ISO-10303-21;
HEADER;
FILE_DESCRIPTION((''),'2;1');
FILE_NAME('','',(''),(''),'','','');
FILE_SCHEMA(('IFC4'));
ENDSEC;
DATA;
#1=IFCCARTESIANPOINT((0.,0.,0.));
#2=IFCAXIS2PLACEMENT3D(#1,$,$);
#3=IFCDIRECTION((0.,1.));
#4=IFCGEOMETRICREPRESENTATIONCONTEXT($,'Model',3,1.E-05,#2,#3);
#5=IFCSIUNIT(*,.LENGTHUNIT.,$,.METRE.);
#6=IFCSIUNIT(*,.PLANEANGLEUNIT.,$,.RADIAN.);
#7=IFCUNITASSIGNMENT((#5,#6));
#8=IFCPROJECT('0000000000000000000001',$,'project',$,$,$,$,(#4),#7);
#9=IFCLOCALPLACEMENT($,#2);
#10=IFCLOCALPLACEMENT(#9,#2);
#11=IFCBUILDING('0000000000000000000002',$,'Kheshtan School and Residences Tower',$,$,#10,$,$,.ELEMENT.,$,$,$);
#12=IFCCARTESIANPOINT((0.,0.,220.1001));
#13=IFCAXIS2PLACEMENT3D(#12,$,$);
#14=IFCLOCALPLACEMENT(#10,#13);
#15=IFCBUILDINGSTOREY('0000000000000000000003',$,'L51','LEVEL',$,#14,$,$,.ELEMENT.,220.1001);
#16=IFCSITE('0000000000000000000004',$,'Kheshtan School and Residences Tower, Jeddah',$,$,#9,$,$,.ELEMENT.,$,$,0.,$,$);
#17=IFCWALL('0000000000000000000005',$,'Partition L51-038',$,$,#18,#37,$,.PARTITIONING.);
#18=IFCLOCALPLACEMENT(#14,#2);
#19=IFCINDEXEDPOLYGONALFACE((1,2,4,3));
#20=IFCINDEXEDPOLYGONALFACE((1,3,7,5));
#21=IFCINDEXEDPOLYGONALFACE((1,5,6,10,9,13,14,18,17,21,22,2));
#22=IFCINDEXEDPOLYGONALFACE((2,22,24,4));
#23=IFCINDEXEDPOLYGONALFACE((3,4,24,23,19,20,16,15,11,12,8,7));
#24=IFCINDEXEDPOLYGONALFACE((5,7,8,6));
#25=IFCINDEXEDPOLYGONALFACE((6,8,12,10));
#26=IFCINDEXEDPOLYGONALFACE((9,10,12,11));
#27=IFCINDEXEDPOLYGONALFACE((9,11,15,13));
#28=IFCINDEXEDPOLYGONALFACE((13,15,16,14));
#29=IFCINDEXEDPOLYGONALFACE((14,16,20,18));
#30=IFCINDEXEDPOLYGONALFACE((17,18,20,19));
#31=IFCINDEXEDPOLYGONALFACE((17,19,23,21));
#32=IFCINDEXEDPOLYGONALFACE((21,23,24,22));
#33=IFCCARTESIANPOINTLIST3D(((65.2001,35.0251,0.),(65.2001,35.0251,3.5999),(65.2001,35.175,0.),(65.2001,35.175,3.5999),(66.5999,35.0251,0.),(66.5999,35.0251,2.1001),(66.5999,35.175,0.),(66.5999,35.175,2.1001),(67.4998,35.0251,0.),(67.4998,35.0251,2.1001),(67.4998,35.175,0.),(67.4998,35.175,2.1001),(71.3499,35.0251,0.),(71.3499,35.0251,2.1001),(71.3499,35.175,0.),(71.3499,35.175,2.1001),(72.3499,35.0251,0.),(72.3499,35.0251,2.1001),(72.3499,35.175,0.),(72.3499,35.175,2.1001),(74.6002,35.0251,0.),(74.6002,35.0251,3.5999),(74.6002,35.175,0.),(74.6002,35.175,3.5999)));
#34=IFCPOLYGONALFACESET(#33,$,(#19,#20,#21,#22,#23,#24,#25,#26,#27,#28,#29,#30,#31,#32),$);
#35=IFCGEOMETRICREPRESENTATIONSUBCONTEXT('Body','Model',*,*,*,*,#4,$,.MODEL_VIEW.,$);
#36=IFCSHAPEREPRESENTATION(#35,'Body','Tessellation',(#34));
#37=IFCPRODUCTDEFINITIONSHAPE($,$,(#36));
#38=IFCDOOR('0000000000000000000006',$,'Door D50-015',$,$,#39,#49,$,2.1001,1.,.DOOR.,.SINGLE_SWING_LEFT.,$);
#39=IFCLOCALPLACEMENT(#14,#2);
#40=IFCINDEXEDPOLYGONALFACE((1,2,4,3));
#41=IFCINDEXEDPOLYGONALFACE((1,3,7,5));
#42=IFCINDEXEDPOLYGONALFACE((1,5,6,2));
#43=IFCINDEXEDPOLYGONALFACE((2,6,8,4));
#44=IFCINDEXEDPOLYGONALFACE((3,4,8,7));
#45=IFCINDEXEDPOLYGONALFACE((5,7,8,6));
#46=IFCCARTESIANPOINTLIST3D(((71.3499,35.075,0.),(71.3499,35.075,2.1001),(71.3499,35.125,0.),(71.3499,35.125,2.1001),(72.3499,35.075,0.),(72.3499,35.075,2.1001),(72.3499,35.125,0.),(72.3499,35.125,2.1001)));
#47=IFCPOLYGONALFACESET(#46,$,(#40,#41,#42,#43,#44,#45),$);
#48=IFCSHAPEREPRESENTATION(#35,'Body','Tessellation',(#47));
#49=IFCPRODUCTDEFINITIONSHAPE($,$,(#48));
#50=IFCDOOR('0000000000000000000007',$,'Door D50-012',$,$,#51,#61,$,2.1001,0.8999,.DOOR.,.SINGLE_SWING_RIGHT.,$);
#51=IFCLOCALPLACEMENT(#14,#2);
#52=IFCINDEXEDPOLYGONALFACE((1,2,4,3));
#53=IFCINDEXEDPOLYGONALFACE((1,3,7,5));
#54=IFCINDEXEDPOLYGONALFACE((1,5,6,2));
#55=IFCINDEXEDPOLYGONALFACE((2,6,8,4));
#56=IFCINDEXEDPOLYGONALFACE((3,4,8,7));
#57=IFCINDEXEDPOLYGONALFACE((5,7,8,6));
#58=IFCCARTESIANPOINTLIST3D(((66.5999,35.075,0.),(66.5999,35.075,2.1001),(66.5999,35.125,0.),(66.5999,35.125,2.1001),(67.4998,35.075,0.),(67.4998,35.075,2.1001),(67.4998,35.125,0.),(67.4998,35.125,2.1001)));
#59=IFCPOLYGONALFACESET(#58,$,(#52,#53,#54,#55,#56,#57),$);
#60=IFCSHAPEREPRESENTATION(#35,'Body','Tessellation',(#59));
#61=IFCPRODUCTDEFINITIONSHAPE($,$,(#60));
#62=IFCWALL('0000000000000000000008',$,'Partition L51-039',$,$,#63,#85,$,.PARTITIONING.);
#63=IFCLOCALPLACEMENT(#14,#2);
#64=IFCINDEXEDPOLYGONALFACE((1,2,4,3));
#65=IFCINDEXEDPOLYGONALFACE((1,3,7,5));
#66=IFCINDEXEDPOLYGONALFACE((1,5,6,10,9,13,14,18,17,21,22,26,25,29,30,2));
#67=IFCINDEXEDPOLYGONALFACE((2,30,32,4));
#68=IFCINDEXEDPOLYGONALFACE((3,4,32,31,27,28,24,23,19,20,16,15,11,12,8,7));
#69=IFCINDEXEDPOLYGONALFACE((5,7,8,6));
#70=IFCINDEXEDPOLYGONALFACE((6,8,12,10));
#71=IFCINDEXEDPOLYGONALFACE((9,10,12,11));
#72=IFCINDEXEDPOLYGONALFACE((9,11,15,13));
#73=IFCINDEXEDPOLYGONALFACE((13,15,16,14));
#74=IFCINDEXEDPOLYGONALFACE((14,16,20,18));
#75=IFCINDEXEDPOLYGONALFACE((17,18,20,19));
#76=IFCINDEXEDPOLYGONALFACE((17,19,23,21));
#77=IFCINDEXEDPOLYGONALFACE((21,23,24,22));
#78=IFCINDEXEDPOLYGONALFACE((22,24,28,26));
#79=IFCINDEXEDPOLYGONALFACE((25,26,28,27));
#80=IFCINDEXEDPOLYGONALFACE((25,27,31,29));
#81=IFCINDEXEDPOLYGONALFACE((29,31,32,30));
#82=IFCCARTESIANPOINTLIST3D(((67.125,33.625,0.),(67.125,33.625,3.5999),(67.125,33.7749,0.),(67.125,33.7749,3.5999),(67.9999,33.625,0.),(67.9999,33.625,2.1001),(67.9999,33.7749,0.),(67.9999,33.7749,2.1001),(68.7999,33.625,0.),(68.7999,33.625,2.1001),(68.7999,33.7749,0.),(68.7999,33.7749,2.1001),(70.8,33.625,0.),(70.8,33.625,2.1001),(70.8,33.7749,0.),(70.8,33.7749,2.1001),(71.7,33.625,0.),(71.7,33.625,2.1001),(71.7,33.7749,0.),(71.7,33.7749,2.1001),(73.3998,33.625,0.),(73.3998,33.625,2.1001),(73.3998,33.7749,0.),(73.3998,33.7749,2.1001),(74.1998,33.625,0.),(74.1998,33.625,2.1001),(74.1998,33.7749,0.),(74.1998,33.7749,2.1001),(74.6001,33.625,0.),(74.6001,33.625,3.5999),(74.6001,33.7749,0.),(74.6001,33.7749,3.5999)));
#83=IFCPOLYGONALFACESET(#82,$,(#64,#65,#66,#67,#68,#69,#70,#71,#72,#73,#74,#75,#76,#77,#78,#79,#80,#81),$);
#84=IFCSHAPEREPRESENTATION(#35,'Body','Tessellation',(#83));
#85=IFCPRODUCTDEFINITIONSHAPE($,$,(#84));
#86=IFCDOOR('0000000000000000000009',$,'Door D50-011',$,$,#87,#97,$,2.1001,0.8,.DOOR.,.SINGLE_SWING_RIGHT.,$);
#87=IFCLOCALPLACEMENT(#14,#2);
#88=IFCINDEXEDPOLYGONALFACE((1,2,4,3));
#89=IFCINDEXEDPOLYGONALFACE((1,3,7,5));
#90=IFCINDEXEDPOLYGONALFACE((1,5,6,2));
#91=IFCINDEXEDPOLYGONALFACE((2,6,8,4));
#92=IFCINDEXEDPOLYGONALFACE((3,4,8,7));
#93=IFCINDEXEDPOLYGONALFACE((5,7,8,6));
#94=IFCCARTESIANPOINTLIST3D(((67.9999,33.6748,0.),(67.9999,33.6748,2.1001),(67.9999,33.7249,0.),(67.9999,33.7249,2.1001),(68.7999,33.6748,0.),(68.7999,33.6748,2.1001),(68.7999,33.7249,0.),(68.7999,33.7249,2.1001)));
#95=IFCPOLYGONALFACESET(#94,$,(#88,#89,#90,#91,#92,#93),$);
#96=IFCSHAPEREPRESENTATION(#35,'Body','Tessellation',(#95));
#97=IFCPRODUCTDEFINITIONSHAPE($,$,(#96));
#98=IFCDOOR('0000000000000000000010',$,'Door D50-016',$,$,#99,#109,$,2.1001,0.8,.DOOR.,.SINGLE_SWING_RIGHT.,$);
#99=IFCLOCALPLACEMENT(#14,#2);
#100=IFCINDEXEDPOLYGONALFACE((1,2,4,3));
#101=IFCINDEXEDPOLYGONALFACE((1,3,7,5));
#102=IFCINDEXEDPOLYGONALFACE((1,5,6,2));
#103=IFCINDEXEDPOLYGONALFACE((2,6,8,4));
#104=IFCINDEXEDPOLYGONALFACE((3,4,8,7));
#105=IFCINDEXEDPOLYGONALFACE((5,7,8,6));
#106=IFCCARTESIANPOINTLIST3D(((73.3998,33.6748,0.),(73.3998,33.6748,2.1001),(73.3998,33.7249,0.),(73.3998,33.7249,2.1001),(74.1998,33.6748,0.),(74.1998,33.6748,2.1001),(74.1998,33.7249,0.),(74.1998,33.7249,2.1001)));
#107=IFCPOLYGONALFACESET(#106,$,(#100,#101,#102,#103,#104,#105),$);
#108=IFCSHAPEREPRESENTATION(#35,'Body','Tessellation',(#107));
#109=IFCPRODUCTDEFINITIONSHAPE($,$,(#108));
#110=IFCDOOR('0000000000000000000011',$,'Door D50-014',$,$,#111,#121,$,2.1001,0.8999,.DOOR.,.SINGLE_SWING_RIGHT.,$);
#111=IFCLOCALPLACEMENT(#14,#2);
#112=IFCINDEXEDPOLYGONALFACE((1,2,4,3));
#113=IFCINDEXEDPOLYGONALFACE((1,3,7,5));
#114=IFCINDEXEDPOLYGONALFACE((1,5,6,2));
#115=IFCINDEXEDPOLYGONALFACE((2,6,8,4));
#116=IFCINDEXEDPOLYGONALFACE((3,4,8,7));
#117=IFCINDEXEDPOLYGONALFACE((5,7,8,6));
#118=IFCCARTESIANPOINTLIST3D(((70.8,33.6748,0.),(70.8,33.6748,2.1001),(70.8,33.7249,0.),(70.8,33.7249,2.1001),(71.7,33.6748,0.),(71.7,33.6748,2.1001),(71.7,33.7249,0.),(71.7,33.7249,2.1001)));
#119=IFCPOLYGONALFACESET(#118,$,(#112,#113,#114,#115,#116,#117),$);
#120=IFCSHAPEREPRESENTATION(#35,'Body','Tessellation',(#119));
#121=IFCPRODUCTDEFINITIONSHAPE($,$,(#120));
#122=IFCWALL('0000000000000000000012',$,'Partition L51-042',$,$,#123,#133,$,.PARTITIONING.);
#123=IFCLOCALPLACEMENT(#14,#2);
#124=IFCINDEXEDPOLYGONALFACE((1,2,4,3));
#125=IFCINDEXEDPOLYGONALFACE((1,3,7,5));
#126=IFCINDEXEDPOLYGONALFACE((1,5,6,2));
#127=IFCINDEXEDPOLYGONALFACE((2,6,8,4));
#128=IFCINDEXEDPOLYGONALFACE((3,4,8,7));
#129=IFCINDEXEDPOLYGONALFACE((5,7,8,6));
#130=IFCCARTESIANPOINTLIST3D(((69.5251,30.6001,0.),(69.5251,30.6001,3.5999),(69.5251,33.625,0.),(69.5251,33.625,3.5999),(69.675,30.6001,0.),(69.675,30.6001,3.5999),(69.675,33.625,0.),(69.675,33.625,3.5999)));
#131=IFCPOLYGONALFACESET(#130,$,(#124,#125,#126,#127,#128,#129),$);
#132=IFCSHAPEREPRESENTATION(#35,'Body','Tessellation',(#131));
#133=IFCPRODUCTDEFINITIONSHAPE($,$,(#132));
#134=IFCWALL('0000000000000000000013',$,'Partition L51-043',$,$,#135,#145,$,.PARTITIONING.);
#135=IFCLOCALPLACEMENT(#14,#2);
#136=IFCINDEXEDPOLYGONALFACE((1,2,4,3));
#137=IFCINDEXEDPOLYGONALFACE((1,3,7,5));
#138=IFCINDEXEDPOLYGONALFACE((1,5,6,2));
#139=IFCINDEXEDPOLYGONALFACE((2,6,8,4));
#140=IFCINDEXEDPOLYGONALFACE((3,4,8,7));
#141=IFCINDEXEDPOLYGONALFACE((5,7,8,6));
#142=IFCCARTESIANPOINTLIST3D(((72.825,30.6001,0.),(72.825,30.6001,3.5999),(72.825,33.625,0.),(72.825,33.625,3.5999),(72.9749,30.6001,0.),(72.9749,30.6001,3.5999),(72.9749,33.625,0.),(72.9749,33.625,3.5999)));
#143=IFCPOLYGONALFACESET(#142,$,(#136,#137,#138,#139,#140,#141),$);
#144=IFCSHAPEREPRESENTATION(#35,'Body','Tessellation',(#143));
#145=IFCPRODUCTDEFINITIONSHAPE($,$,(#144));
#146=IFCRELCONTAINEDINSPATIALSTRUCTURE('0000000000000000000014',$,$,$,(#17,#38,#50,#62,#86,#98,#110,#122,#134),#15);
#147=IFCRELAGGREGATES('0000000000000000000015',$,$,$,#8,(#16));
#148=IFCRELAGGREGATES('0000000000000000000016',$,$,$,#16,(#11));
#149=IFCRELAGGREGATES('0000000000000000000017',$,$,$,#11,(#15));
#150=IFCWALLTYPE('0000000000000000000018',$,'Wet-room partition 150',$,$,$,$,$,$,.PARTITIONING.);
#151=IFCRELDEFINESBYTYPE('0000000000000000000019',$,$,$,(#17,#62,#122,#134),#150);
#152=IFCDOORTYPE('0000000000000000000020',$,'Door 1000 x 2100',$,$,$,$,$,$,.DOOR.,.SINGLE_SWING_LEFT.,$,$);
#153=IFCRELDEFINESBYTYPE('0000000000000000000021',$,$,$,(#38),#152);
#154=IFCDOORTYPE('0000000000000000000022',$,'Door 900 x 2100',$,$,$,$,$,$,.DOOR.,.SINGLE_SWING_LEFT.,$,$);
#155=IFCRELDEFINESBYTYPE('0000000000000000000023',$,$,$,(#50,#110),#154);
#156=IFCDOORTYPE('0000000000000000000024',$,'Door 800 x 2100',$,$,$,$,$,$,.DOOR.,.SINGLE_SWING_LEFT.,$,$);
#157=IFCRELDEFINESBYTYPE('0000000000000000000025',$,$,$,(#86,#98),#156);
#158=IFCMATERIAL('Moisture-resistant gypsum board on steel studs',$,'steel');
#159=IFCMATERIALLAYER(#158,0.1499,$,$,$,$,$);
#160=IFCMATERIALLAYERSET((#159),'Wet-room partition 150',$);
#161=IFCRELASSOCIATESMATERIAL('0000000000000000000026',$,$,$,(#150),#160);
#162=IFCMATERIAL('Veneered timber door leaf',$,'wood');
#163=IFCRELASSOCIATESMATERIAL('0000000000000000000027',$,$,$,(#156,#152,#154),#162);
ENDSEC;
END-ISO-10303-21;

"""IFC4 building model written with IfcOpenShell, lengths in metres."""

from ifc_helpers import new_model, si_unit, direction, frame, frame_2d, origin, place, context, subcontext, project, spatial, rectangle, extrude, source, transform, mapped, material, layer, layer_set, type_object, element, fill, save


model = new_model("IFC4")

# Units and contexts
model_context = context("Model", 3, precision=1e-05, world=origin(), true_north=direction((0.0, 1.0)))
body_context = subcontext(model_context, "Body", "Model", "MODEL_VIEW")
ifc_project = project(units=[si_unit("LENGTHUNIT", "METRE"), si_unit("PLANEANGLEUNIT", "RADIAN")], contexts=[model_context])

# Site, building, storey
site_placement = place(None, origin())
site = spatial("IfcSite", under=ifc_project, at=site_placement, Name="Kheshtan School and Residences Tower, Jeddah", CompositionType="ELEMENT", RefElevation=0.0)
building_placement = place(site_placement, origin())
building = spatial("IfcBuilding", under=site, at=building_placement, Name="Kheshtan School and Residences Tower", CompositionType="ELEMENT")
storey_placement = place(building_placement, frame((0.0, 0.0, 220.1001)))
storey = spatial("IfcBuildingStorey", under=building, at=storey_placement, Name="L51", Description="LEVEL", CompositionType="ELEMENT", Elevation=220.1001)

# Shared definitions
ifc_material_1 = material(Name="Moisture-resistant gypsum board on steel studs", Category="steel")
ifc_layer_1 = layer(ifc_material_1, 0.1499)
ifc_layer_set_1 = layer_set([ifc_layer_1], Name="Wet-room partition 150")
wall_type_1 = type_object("IfcWallType", Name="Wet-room partition 150", PredefinedType="PARTITIONING", material=ifc_layer_set_1)

# Shared definitions
ifc_material_2 = material(Name="Veneered timber door leaf", Category="wood")
door_type_1 = type_object("IfcDoorType", Name="Door 800 x 2100", OperationType="SINGLE_SWING_LEFT", PredefinedType="DOOR", material=ifc_material_2)
shared_shape_1 = source(origin(), body_context, "Body", "SweptSolid", [
    extrude(rectangle(XDim=0.8, YDim=2.1001, at=frame_2d((0.3999, 1.05))), frame((0.0, 0.0249, 0.0), z_axis=(0.0, -1.0, 0.0), x_axis=(1.0, 0.0, 0.0)), (0.0, 0.0, 1.0), 0.05),
])

# Walls, openings, doors
wall_1_placement = place(storey_placement, frame((65.2, 35.1001, 0.0), z_axis=(0.0, 0.0, 1.0), x_axis=(1.0, 0.0, 0.0)))
wall_1 = element("IfcWall", 1, at=wall_1_placement, inside=storey, type_object=wall_type_1, Name="Partition L51-038", PredefinedType="PARTITIONING", context=body_context, shape_type="SweptSolid", body=[
    extrude(rectangle(XDim=9.4001, YDim=0.1499, at=frame_2d((4.7002, 0.0))), origin(), (0.0, 0.0, 1.0), 3.5999),
])
opening_1_placement = place(wall_1_placement, frame((1.3999, 0.0, 0.0)))
opening_1 = element("IfcOpeningElement", 2, at=opening_1_placement, cuts=wall_1, PredefinedType="OPENING", context=body_context, shape_type="SweptSolid", body=[
    extrude(rectangle(XDim=0.8999, YDim=2.1001, at=frame_2d((0.45, 1.05))), frame((0.0, 0.085, 0.0), z_axis=(0.0, -1.0, 0.0), x_axis=(1.0, 0.0, 0.0)), (0.0, 0.0, 1.0), 0.1699),
])
opening_2_placement = place(wall_1_placement, frame((6.1499, 0.0, 0.0)))
opening_2 = element("IfcOpeningElement", 3, at=opening_2_placement, cuts=wall_1, PredefinedType="OPENING", context=body_context, shape_type="SweptSolid", body=[
    extrude(rectangle(XDim=1.0, YDim=2.1001, at=frame_2d((0.5, 1.05))), frame((0.0, 0.085, 0.0), z_axis=(0.0, -1.0, 0.0), x_axis=(1.0, 0.0, 0.0)), (0.0, 0.0, 1.0), 0.1699),
])
door_type_2 = type_object("IfcDoorType", Name="Door 1000 x 2100", OperationType="SINGLE_SWING_LEFT", PredefinedType="DOOR", material=ifc_material_2)
shared_shape_2 = source(origin(), body_context, "Body", "SweptSolid", [
    extrude(rectangle(XDim=1.0, YDim=2.1001, at=frame_2d((0.5, 1.05))), frame((0.0, 0.0249, 0.0), z_axis=(0.0, -1.0, 0.0), x_axis=(1.0, 0.0, 0.0)), (0.0, 0.0, 1.0), 0.05),
])
door_1_placement = place(opening_2_placement, origin())
door_1 = element("IfcDoor", 4, at=door_1_placement, inside=storey, type_object=door_type_2, Name="Door D50-015", OperationType="SINGLE_SWING_LEFT", OverallHeight=2.1001, OverallWidth=1.0, PredefinedType="DOOR", context=body_context, shape_type="MappedRepresentation", body=[
    mapped(shared_shape_2, transform((0.0, 0.0, 0.0), x_axis=(1.0, 0.0, 0.0), y_axis=(0.0, 1.0, 0.0), z_axis=(0.0, 0.0, 1.0), scale=1.0)),
])
fill(opening_2, door_1)
door_type_3 = type_object("IfcDoorType", Name="Door 900 x 2100", OperationType="SINGLE_SWING_LEFT", PredefinedType="DOOR", material=ifc_material_2)
shared_shape_3 = source(origin(), body_context, "Body", "SweptSolid", [
    extrude(rectangle(XDim=0.8999, YDim=2.1001, at=frame_2d((0.45, 1.05))), frame((0.0, 0.0249, 0.0), z_axis=(0.0, -1.0, 0.0), x_axis=(1.0, 0.0, 0.0)), (0.0, 0.0, 1.0), 0.05),
])
door_2_placement = place(opening_1_placement, origin())
door_2 = element("IfcDoor", 5, at=door_2_placement, inside=storey, type_object=door_type_3, Name="Door D50-012", OperationType="SINGLE_SWING_RIGHT", OverallHeight=2.1001, OverallWidth=0.8999, PredefinedType="DOOR", context=body_context, shape_type="MappedRepresentation", body=[
    mapped(shared_shape_3, transform((0.0, 0.0, 0.0), x_axis=(1.0, 0.0, 0.0), y_axis=(0.0, 1.0, 0.0), z_axis=(0.0, 0.0, 1.0), scale=1.0)),
])
fill(opening_1, door_2)
wall_2_placement = place(storey_placement, frame((67.125, 33.7, 0.0), z_axis=(0.0, 0.0, 1.0), x_axis=(1.0, 0.0, 0.0)))
wall_2 = element("IfcWall", 6, at=wall_2_placement, inside=storey, type_object=wall_type_1, Name="Partition L51-039", PredefinedType="PARTITIONING", context=body_context, shape_type="SweptSolid", body=[
    extrude(rectangle(XDim=7.4751, YDim=0.1499, at=frame_2d((3.7375, 0.0))), origin(), (0.0, 0.0, 1.0), 3.5999),
])
opening_3_placement = place(wall_2_placement, frame((0.875, 0.0, 0.0)))
opening_3 = element("IfcOpeningElement", 7, at=opening_3_placement, cuts=wall_2, PredefinedType="OPENING", context=body_context, shape_type="SweptSolid", body=[
    extrude(rectangle(XDim=0.8, YDim=2.1001, at=frame_2d((0.3999, 1.05))), frame((0.0, 0.085, 0.0), z_axis=(0.0, -1.0, 0.0), x_axis=(1.0, 0.0, 0.0)), (0.0, 0.0, 1.0), 0.1699),
])
opening_4_placement = place(wall_2_placement, frame((3.675, 0.0, 0.0)))
opening_4 = element("IfcOpeningElement", 8, at=opening_4_placement, cuts=wall_2, PredefinedType="OPENING", context=body_context, shape_type="SweptSolid", body=[
    extrude(rectangle(XDim=0.8999, YDim=2.1001, at=frame_2d((0.45, 1.05))), frame((0.0, 0.085, 0.0), z_axis=(0.0, -1.0, 0.0), x_axis=(1.0, 0.0, 0.0)), (0.0, 0.0, 1.0), 0.1699),
])
opening_5_placement = place(wall_2_placement, frame((6.2749, 0.0, 0.0)))
opening_5 = element("IfcOpeningElement", 9, at=opening_5_placement, cuts=wall_2, PredefinedType="OPENING", context=body_context, shape_type="SweptSolid", body=[
    extrude(rectangle(XDim=0.8, YDim=2.1001, at=frame_2d((0.3999, 1.05))), frame((0.0, 0.085, 0.0), z_axis=(0.0, -1.0, 0.0), x_axis=(1.0, 0.0, 0.0)), (0.0, 0.0, 1.0), 0.1699),
])
door_3_placement = place(opening_3_placement, origin())
door_3 = element("IfcDoor", 10, at=door_3_placement, inside=storey, type_object=door_type_1, Name="Door D50-011", OperationType="SINGLE_SWING_RIGHT", OverallHeight=2.1001, OverallWidth=0.8, PredefinedType="DOOR", context=body_context, shape_type="MappedRepresentation", body=[
    mapped(shared_shape_1, transform((0.0, 0.0, 0.0), x_axis=(1.0, 0.0, 0.0), y_axis=(0.0, 1.0, 0.0), z_axis=(0.0, 0.0, 1.0), scale=1.0)),
])
fill(opening_3, door_3)
door_4_placement = place(opening_5_placement, origin())
door_4 = element("IfcDoor", 11, at=door_4_placement, inside=storey, type_object=door_type_1, Name="Door D50-016", OperationType="SINGLE_SWING_RIGHT", OverallHeight=2.1001, OverallWidth=0.8, PredefinedType="DOOR", context=body_context, shape_type="MappedRepresentation", body=[
    mapped(shared_shape_1, transform((0.0, 0.0, 0.0), x_axis=(1.0, 0.0, 0.0), y_axis=(0.0, 1.0, 0.0), z_axis=(0.0, 0.0, 1.0), scale=1.0)),
])
fill(opening_5, door_4)
door_5_placement = place(opening_4_placement, origin())
door_5 = element("IfcDoor", 12, at=door_5_placement, inside=storey, type_object=door_type_3, Name="Door D50-014", OperationType="SINGLE_SWING_RIGHT", OverallHeight=2.1001, OverallWidth=0.8999, PredefinedType="DOOR", context=body_context, shape_type="MappedRepresentation", body=[
    mapped(shared_shape_3, transform((0.0, 0.0, 0.0), x_axis=(1.0, 0.0, 0.0), y_axis=(0.0, 1.0, 0.0), z_axis=(0.0, 0.0, 1.0), scale=1.0)),
])
fill(opening_4, door_5)

# Walls
for number, where, z_axis, x_axis, name in (
    (13, (69.6001, 30.6001, 0.0), (0.0, 0.0, 1.0), (0.0, 1.0, 0.0), "Partition L51-042"),
    (14, (72.8999, 30.6001, 0.0), (0.0, 0.0, 1.0), (0.0, 1.0, 0.0), "Partition L51-043"),
):
    element("IfcWall", number, at=place(storey_placement, frame(where, z_axis=z_axis, x_axis=x_axis)), inside=storey, type_object=wall_type_1, Name=name, PredefinedType="PARTITIONING", context=body_context, shape_type="SweptSolid", body=[
        extrude(rectangle(XDim=3.0249, YDim=0.1499, at=frame_2d((1.5125, 0.0))), origin(), (0.0, 0.0, 1.0), 3.5999),
    ])

save(model, "model.ifc")
